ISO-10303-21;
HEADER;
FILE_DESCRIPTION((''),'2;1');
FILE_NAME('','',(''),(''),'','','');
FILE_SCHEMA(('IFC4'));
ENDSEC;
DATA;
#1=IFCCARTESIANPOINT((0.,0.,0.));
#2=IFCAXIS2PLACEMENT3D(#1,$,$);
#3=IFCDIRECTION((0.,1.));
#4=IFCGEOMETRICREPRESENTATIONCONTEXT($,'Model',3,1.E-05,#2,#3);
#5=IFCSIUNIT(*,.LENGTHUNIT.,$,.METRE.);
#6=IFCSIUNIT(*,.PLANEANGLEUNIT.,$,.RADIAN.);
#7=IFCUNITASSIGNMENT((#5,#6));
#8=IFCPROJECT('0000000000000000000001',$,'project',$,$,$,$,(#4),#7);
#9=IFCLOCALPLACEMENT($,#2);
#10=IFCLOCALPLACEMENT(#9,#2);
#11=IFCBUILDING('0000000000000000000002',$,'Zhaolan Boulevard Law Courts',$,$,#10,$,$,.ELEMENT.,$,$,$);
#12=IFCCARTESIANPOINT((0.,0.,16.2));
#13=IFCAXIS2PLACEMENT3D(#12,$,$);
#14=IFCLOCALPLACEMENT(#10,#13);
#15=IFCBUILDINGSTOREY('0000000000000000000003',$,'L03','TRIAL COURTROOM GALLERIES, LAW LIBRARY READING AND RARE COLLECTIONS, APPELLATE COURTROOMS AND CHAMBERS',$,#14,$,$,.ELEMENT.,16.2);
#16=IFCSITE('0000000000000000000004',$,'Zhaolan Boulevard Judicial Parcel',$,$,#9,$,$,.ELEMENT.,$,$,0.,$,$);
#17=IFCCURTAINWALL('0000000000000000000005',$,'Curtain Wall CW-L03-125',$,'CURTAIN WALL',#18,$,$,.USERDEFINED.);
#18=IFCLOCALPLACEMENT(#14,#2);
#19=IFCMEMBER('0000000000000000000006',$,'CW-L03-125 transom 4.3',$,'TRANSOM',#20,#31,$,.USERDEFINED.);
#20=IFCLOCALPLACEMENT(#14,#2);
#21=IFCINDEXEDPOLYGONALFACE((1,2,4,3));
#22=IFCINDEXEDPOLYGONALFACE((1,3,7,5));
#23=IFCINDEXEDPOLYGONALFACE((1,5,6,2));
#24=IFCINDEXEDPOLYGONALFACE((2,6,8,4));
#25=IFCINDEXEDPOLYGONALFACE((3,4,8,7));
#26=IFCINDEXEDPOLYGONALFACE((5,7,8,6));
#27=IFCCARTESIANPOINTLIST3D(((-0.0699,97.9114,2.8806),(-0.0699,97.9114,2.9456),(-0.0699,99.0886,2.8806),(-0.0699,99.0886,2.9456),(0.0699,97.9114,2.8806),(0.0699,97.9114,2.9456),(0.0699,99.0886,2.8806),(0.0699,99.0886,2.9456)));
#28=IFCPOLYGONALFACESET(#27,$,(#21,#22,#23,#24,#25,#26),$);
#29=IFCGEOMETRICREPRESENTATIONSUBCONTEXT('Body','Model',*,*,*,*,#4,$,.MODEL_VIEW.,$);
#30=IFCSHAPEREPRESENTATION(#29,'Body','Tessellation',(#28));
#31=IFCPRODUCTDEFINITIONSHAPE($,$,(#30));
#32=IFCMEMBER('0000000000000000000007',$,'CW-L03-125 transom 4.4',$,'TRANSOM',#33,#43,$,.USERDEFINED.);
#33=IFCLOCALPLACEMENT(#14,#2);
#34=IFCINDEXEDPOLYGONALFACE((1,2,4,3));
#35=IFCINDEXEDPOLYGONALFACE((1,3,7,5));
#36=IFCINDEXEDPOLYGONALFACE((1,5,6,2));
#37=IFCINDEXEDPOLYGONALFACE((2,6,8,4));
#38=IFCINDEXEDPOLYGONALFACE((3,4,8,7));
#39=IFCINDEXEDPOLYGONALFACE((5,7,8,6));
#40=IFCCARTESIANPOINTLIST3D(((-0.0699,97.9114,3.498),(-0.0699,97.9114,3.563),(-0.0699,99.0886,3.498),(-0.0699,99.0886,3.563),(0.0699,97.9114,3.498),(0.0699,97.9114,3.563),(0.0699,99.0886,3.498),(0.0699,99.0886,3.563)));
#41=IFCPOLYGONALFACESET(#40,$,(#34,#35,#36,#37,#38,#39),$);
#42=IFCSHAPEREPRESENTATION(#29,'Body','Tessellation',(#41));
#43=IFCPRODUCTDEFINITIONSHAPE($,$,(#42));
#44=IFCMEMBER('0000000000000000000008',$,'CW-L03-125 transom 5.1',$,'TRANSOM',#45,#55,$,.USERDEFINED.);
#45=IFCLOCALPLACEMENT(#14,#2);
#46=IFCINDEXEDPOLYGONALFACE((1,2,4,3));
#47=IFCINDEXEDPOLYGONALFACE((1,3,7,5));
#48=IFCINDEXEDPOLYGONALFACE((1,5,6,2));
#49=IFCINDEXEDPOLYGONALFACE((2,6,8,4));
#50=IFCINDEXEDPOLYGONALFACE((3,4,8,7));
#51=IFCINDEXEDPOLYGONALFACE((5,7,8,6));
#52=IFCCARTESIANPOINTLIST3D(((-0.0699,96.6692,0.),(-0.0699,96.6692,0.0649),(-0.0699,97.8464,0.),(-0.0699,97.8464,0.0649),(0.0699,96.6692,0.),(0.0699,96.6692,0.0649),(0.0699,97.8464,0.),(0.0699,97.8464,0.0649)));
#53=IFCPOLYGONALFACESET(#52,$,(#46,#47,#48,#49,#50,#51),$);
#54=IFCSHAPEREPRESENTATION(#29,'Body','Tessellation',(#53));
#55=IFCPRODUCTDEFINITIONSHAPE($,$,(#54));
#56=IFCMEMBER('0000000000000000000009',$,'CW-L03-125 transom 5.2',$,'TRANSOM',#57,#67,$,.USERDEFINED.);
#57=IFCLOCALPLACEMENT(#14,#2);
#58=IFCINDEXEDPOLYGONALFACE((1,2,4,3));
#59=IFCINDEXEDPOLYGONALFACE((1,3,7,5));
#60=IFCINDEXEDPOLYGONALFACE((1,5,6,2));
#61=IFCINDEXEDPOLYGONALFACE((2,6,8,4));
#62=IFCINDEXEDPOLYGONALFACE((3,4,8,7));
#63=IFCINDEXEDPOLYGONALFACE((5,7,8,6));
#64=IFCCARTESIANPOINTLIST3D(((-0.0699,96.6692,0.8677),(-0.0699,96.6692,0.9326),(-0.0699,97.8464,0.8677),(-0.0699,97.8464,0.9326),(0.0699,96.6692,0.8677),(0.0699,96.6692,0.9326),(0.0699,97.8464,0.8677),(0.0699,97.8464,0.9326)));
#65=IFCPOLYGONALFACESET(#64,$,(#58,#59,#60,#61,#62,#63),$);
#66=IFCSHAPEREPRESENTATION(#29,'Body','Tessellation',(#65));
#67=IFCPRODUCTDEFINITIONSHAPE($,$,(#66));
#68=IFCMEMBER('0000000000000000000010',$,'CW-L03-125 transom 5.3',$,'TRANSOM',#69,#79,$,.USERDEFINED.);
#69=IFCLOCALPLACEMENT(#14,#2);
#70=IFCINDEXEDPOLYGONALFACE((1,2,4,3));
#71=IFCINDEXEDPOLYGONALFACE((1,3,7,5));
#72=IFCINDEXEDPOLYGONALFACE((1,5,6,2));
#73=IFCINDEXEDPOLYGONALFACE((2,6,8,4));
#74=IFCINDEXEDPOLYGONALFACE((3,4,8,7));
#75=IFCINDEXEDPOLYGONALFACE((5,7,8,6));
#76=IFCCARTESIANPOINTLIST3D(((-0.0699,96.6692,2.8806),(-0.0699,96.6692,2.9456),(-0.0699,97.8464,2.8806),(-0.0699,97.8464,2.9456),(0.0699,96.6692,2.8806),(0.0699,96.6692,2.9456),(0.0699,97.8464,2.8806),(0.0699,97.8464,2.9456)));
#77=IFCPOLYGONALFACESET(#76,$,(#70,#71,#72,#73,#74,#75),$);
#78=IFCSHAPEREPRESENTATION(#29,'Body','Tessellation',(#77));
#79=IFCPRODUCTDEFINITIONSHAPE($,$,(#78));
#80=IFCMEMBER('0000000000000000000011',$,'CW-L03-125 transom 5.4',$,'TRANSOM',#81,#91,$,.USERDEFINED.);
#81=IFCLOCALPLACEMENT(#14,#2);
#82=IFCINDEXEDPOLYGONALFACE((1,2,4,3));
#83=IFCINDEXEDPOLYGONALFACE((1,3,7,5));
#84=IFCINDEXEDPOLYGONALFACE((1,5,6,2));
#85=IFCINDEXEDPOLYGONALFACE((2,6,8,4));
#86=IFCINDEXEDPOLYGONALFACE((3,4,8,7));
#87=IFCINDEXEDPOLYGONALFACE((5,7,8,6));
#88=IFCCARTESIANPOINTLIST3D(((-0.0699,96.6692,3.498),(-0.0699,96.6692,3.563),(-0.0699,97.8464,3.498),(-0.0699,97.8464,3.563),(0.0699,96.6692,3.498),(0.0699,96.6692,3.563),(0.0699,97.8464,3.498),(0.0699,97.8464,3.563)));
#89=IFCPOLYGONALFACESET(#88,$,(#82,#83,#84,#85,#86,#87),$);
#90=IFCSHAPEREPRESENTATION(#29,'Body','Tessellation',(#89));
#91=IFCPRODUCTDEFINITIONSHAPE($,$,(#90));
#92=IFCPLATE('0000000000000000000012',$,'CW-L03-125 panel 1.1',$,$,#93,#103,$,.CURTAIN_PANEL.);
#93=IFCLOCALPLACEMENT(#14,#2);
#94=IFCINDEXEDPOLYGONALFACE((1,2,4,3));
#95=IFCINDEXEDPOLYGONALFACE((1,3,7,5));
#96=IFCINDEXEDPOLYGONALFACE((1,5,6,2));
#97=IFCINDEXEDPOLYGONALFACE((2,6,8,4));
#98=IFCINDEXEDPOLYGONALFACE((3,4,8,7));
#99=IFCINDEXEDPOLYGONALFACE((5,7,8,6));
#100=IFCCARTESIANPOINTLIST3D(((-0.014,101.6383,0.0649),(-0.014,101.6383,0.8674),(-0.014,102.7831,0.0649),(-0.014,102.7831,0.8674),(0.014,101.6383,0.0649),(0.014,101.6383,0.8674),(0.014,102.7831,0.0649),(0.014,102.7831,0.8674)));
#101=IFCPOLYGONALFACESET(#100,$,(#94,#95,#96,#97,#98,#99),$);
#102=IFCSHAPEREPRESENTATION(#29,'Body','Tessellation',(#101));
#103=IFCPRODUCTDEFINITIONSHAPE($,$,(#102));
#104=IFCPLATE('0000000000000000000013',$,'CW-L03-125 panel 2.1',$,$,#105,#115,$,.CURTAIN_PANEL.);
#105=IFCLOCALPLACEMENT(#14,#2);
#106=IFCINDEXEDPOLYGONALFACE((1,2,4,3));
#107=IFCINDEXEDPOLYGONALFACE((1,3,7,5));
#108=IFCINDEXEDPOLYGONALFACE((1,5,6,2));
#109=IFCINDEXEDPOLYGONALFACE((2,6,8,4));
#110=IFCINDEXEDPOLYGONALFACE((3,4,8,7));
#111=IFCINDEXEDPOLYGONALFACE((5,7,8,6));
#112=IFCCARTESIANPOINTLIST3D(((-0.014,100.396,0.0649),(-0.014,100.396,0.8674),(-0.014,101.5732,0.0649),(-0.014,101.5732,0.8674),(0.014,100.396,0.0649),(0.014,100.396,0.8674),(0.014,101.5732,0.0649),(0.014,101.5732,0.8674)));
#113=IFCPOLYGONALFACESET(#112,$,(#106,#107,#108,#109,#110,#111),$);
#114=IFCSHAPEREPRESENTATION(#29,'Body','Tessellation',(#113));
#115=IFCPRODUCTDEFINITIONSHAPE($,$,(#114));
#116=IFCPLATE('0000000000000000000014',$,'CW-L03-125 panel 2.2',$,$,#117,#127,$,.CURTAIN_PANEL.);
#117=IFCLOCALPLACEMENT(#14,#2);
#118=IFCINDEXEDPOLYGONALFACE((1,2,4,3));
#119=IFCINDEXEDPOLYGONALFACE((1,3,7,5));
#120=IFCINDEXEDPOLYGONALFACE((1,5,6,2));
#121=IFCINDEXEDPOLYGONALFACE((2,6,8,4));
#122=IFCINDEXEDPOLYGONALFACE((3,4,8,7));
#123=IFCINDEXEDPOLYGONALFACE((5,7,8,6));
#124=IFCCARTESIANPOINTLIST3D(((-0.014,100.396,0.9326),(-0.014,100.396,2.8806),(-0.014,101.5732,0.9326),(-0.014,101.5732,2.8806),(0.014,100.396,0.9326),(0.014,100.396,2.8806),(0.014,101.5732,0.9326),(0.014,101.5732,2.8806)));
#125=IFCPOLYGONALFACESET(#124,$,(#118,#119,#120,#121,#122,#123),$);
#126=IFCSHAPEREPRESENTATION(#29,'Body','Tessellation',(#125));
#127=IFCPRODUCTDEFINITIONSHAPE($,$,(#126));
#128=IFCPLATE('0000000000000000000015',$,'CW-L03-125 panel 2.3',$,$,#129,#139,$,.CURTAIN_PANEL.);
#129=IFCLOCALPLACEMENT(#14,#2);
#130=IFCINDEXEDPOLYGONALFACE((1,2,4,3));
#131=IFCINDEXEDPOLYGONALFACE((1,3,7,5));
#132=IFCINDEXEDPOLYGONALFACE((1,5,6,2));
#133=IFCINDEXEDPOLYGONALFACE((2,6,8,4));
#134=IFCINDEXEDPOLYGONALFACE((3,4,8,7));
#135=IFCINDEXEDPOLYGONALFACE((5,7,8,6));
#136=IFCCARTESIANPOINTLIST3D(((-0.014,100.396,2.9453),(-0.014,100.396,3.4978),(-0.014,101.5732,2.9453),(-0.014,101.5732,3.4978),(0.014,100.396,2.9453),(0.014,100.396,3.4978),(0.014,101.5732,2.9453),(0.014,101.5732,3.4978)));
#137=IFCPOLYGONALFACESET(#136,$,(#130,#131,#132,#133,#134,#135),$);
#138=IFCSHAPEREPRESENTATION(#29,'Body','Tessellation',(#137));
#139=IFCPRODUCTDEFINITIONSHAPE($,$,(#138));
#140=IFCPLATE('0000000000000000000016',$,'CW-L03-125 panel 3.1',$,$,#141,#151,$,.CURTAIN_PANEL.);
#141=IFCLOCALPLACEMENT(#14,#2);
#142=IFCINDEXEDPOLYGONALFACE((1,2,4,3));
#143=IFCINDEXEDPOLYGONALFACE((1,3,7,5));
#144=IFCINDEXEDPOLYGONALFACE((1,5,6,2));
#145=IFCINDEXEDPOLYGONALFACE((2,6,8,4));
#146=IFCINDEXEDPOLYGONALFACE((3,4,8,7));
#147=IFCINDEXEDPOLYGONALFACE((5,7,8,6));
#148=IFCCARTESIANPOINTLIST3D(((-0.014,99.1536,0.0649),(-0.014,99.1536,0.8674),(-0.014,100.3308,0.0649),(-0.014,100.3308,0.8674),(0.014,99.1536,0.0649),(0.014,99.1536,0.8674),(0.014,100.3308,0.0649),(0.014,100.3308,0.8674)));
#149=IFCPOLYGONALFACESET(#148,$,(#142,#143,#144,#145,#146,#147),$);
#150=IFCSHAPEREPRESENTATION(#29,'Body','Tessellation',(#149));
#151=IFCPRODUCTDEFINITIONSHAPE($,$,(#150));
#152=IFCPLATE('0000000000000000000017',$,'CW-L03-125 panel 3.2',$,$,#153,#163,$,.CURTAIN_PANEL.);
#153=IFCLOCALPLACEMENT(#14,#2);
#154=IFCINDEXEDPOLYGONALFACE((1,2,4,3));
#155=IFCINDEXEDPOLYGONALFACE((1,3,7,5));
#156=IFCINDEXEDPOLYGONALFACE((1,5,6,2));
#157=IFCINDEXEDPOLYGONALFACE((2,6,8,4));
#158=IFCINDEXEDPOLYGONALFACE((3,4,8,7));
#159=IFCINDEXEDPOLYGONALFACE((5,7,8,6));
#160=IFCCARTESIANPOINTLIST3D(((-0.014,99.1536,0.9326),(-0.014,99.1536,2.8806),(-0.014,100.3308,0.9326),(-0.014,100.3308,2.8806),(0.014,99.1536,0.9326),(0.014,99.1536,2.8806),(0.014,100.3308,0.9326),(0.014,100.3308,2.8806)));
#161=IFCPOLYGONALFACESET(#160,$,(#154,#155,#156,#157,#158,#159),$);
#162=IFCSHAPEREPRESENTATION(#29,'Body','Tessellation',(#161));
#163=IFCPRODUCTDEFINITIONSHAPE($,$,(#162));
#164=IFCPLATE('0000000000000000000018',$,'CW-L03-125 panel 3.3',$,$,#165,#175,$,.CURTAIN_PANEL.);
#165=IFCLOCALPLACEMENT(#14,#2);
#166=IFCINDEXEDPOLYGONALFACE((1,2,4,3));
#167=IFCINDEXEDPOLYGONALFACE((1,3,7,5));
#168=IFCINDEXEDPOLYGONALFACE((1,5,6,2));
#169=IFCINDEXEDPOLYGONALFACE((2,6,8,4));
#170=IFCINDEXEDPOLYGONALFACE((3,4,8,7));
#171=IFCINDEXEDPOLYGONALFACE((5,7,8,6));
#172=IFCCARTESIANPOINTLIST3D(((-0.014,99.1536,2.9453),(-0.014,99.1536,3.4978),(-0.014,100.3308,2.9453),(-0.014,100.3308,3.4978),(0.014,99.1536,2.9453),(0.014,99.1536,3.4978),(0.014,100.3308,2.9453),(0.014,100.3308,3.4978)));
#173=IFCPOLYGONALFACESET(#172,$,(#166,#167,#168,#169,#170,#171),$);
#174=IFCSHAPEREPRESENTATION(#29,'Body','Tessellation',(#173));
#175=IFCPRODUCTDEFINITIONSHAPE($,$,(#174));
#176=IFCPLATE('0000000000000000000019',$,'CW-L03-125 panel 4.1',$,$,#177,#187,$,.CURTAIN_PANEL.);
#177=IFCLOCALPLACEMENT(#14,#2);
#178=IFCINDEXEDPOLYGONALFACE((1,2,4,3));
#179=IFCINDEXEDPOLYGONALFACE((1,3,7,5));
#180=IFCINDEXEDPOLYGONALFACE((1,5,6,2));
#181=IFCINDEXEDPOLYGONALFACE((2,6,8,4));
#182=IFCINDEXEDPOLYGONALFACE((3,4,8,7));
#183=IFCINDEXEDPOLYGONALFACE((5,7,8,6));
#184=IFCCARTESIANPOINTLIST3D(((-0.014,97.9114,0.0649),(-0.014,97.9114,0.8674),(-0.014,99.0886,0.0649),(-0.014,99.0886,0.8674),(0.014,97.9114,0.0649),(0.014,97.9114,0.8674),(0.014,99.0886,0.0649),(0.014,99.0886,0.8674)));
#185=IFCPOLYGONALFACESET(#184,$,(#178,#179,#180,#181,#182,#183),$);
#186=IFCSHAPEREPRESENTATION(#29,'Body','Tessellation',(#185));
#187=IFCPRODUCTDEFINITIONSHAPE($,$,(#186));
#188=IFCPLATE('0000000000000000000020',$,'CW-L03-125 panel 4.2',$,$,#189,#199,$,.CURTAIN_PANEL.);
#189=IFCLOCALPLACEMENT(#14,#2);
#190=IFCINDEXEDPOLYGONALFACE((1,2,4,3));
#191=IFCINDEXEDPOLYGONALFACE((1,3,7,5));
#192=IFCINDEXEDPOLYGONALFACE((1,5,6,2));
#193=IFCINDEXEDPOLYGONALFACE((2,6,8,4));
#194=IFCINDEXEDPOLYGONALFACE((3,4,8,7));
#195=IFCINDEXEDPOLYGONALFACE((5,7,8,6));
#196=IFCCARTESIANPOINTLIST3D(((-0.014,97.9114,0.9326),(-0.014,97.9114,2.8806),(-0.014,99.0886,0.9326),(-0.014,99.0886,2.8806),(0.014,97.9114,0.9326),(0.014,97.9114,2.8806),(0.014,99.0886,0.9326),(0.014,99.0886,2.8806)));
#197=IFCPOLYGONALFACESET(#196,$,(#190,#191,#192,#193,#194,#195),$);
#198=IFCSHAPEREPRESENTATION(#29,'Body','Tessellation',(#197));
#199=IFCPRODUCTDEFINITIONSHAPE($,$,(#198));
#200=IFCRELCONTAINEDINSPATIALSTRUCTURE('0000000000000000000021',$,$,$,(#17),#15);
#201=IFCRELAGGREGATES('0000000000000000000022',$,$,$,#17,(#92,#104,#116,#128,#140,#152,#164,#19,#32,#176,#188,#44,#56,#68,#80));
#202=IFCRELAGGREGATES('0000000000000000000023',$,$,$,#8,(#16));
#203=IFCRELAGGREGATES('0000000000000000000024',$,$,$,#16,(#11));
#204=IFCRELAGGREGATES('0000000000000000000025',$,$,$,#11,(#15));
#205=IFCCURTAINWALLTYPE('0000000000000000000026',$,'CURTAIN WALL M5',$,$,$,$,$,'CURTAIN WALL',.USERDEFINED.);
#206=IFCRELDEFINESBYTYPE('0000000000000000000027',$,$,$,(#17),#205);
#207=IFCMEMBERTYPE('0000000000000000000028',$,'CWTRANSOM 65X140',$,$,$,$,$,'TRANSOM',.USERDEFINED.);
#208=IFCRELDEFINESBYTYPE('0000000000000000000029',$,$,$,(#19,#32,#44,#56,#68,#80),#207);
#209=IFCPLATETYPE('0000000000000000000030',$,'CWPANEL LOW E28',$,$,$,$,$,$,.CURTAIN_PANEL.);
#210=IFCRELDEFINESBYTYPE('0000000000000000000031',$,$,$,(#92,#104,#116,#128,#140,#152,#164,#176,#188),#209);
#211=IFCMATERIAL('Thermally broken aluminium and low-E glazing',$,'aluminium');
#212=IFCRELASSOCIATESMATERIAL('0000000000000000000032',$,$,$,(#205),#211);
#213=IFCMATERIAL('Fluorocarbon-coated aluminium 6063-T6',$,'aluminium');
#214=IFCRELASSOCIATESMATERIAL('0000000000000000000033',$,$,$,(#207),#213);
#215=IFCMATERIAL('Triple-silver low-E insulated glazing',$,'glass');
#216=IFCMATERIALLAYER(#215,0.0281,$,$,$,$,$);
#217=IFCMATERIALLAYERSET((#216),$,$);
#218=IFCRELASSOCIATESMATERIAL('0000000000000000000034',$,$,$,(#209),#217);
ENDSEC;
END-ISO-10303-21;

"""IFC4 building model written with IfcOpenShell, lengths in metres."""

from ifc_helpers import new_model, si_unit, direction, frame, origin, origin_2d, place, context, subcontext, project, spatial, rectangle, extrude, material, layer, layer_set, material_profile, profile_set, type_object, element, aggregate, save


model = new_model("IFC4")

# Units and contexts
model_context = context("Model", 3, precision=1e-05, world=origin(), true_north=direction((0.0, 1.0)))
body_context = subcontext(model_context, "Body", "Model", "MODEL_VIEW")
ifc_project = project(units=[si_unit("LENGTHUNIT", "METRE"), si_unit("PLANEANGLEUNIT", "RADIAN")], contexts=[model_context])

# Site, building, storey
site_placement = place(None, origin())
site = spatial("IfcSite", under=ifc_project, at=site_placement, Name="Zhaolan Boulevard Judicial Parcel", CompositionType="ELEMENT", RefElevation=0.0)
building_placement = place(site_placement, origin())
building = spatial("IfcBuilding", under=site, at=building_placement, Name="Zhaolan Boulevard Law Courts", CompositionType="ELEMENT")
storey_placement = place(building_placement, frame((0.0, 0.0, 16.2)))
storey = spatial("IfcBuildingStorey", under=building, at=storey_placement, Name="L03", Description="TRIAL COURTROOM GALLERIES, LAW LIBRARY READING AND RARE COLLECTIONS, APPELLATE COURTROOMS AND CHAMBERS", CompositionType="ELEMENT", Elevation=16.2)

# Curtain wall, members, plates
ifc_material_1 = material(Name="Thermally broken aluminium and low-E glazing", Category="aluminium")
curtain_wall_type = type_object("IfcCurtainWallType", Name="CURTAIN WALL M5", ElementType="CURTAIN WALL", PredefinedType="USERDEFINED", material=ifc_material_1)
curtain_wall_placement = place(storey_placement, origin())
curtain_wall = element("IfcCurtainWall", 1, at=curtain_wall_placement, inside=storey, type_object=curtain_wall_type, Name="Curtain Wall CW-L03-125", ObjectType="CURTAIN WALL", PredefinedType="USERDEFINED")
ifc_material_2 = material(Name="Fluorocarbon-coated aluminium 6063-T6", Category="aluminium")
ifc_material_profile_1 = material_profile(ifc_material_2, rectangle(XDim=0.1399, YDim=0.0649, at=origin_2d()), Name="AL65x140")
ifc_profile_set_1 = profile_set([ifc_material_profile_1], Name="Fluorocarbon-coated aluminium 6063-T6")
member_type_1 = type_object("IfcMemberType", Name="CWTRANSOM 65X140", ElementType="TRANSOM", PredefinedType="USERDEFINED", material=ifc_profile_set_1)
member_1_placement = place(storey_placement, frame((0.0, 99.0886, 2.9131), z_axis=(0.0, -1.0, 0.0), x_axis=(1.0, 0.0, 0.0)))
member_1 = element("IfcMember", 2, at=member_1_placement, type_object=member_type_1, Name="CW-L03-125 transom 4.3", ObjectType="TRANSOM", PredefinedType="USERDEFINED", context=body_context, shape_type="SweptSolid", body=[
    extrude(rectangle(XDim=0.1399, YDim=0.0649, at=origin_2d()), origin(), (0.0, 0.0, 1.0), 1.1772),
])
member_2_placement = place(storey_placement, frame((0.0, 99.0886, 3.5305), z_axis=(0.0, -1.0, 0.0), x_axis=(1.0, 0.0, 0.0)))
member_2 = element("IfcMember", 3, at=member_2_placement, type_object=member_type_1, Name="CW-L03-125 transom 4.4", ObjectType="TRANSOM", PredefinedType="USERDEFINED", context=body_context, shape_type="SweptSolid", body=[
    extrude(rectangle(XDim=0.1399, YDim=0.0649, at=origin_2d()), origin(), (0.0, 0.0, 1.0), 1.1772),
])
member_3_placement = place(storey_placement, frame((0.0, 97.8464, 0.0325), z_axis=(0.0, -1.0, 0.0), x_axis=(1.0, 0.0, 0.0)))
member_3 = element("IfcMember", 4, at=member_3_placement, type_object=member_type_1, Name="CW-L03-125 transom 5.1", ObjectType="TRANSOM", PredefinedType="USERDEFINED", context=body_context, shape_type="SweptSolid", body=[
    extrude(rectangle(XDim=0.1399, YDim=0.0649, at=origin_2d()), origin(), (0.0, 0.0, 1.0), 1.1772),
])
member_4_placement = place(storey_placement, frame((0.0, 97.8464, 0.9001), z_axis=(0.0, -1.0, 0.0), x_axis=(1.0, 0.0, 0.0)))
member_4 = element("IfcMember", 5, at=member_4_placement, type_object=member_type_1, Name="CW-L03-125 transom 5.2", ObjectType="TRANSOM", PredefinedType="USERDEFINED", context=body_context, shape_type="SweptSolid", body=[
    extrude(rectangle(XDim=0.1399, YDim=0.0649, at=origin_2d()), origin(), (0.0, 0.0, 1.0), 1.1772),
])
member_5_placement = place(storey_placement, frame((0.0, 97.8464, 2.9131), z_axis=(0.0, -1.0, 0.0), x_axis=(1.0, 0.0, 0.0)))
member_5 = element("IfcMember", 6, at=member_5_placement, type_object=member_type_1, Name="CW-L03-125 transom 5.3", ObjectType="TRANSOM", PredefinedType="USERDEFINED", context=body_context, shape_type="SweptSolid", body=[
    extrude(rectangle(XDim=0.1399, YDim=0.0649, at=origin_2d()), origin(), (0.0, 0.0, 1.0), 1.1772),
])
member_6_placement = place(storey_placement, frame((0.0, 97.8464, 3.5305), z_axis=(0.0, -1.0, 0.0), x_axis=(1.0, 0.0, 0.0)))
member_6 = element("IfcMember", 7, at=member_6_placement, type_object=member_type_1, Name="CW-L03-125 transom 5.4", ObjectType="TRANSOM", PredefinedType="USERDEFINED", context=body_context, shape_type="SweptSolid", body=[
    extrude(rectangle(XDim=0.1399, YDim=0.0649, at=origin_2d()), origin(), (0.0, 0.0, 1.0), 1.1772),
])
ifc_material_3 = material(Name="Triple-silver low-E insulated glazing", Category="glass")
ifc_layer = layer(ifc_material_3, 0.0281)
ifc_layer_set = layer_set([ifc_layer])
plate_type = type_object("IfcPlateType", Name="CWPANEL LOW E28", PredefinedType="CURTAIN_PANEL", material=ifc_layer_set)
plate_1_placement = place(storey_placement, frame((0.0, 102.2107, 0.0649), z_axis=(0.0, 0.0, 1.0), x_axis=(0.0, -1.0, 0.0)))
plate_1 = element("IfcPlate", 8, at=plate_1_placement, type_object=plate_type, Name="CW-L03-125 panel 1.1", PredefinedType="CURTAIN_PANEL", context=body_context, shape_type="SweptSolid", body=[
    extrude(rectangle(XDim=1.1448, YDim=0.0281, at=origin_2d()), origin(), (0.0, 0.0, 1.0), 0.8025),
])
plate_2_placement = place(storey_placement, frame((0.0, 100.9846, 0.0649), z_axis=(0.0, 0.0, 1.0), x_axis=(0.0, -1.0, 0.0)))
plate_2 = element("IfcPlate", 9, at=plate_2_placement, type_object=plate_type, Name="CW-L03-125 panel 2.1", PredefinedType="CURTAIN_PANEL", context=body_context, shape_type="SweptSolid", body=[
    extrude(rectangle(XDim=1.1772, YDim=0.0281, at=origin_2d()), origin(), (0.0, 0.0, 1.0), 0.8025),
])
plate_3_placement = place(storey_placement, frame((0.0, 100.9846, 0.9326), z_axis=(0.0, 0.0, 1.0), x_axis=(0.0, -1.0, 0.0)))
plate_3 = element("IfcPlate", 10, at=plate_3_placement, type_object=plate_type, Name="CW-L03-125 panel 2.2", PredefinedType="CURTAIN_PANEL", context=body_context, shape_type="SweptSolid", body=[
    extrude(rectangle(XDim=1.1772, YDim=0.0281, at=origin_2d()), origin(), (0.0, 0.0, 1.0), 1.948),
])
plate_4_placement = place(storey_placement, frame((0.0, 100.9846, 2.9453), z_axis=(0.0, 0.0, 1.0), x_axis=(0.0, -1.0, 0.0)))
plate_4 = element("IfcPlate", 11, at=plate_4_placement, type_object=plate_type, Name="CW-L03-125 panel 2.3", PredefinedType="CURTAIN_PANEL", context=body_context, shape_type="SweptSolid", body=[
    extrude(rectangle(XDim=1.1772, YDim=0.0281, at=origin_2d()), origin(), (0.0, 0.0, 1.0), 0.5525),
])
plate_5_placement = place(storey_placement, frame((0.0, 99.7422, 0.0649), z_axis=(0.0, 0.0, 1.0), x_axis=(0.0, -1.0, 0.0)))
plate_5 = element("IfcPlate", 12, at=plate_5_placement, type_object=plate_type, Name="CW-L03-125 panel 3.1", PredefinedType="CURTAIN_PANEL", context=body_context, shape_type="SweptSolid", body=[
    extrude(rectangle(XDim=1.1772, YDim=0.0281, at=origin_2d()), origin(), (0.0, 0.0, 1.0), 0.8025),
])
plate_6_placement = place(storey_placement, frame((0.0, 99.7422, 0.9326), z_axis=(0.0, 0.0, 1.0), x_axis=(0.0, -1.0, 0.0)))
plate_6 = element("IfcPlate", 13, at=plate_6_placement, type_object=plate_type, Name="CW-L03-125 panel 3.2", PredefinedType="CURTAIN_PANEL", context=body_context, shape_type="SweptSolid", body=[
    extrude(rectangle(XDim=1.1772, YDim=0.0281, at=origin_2d()), origin(), (0.0, 0.0, 1.0), 1.948),
])
plate_7_placement = place(storey_placement, frame((0.0, 99.7422, 2.9453), z_axis=(0.0, 0.0, 1.0), x_axis=(0.0, -1.0, 0.0)))
plate_7 = element("IfcPlate", 14, at=plate_7_placement, type_object=plate_type, Name="CW-L03-125 panel 3.3", PredefinedType="CURTAIN_PANEL", context=body_context, shape_type="SweptSolid", body=[
    extrude(rectangle(XDim=1.1772, YDim=0.0281, at=origin_2d()), origin(), (0.0, 0.0, 1.0), 0.5525),
])
plate_8_placement = place(storey_placement, frame((0.0, 98.5, 0.0649), z_axis=(0.0, 0.0, 1.0), x_axis=(0.0, -1.0, 0.0)))
plate_8 = element("IfcPlate", 15, at=plate_8_placement, type_object=plate_type, Name="CW-L03-125 panel 4.1", PredefinedType="CURTAIN_PANEL", context=body_context, shape_type="SweptSolid", body=[
    extrude(rectangle(XDim=1.1772, YDim=0.0281, at=origin_2d()), origin(), (0.0, 0.0, 1.0), 0.8025),
])
plate_9_placement = place(storey_placement, frame((0.0, 98.5, 0.9326), z_axis=(0.0, 0.0, 1.0), x_axis=(0.0, -1.0, 0.0)))
plate_9 = element("IfcPlate", 16, at=plate_9_placement, type_object=plate_type, Name="CW-L03-125 panel 4.2", PredefinedType="CURTAIN_PANEL", context=body_context, shape_type="SweptSolid", body=[
    extrude(rectangle(XDim=1.1772, YDim=0.0281, at=origin_2d()), origin(), (0.0, 0.0, 1.0), 1.948),
])
aggregate(curtain_wall, [plate_1, plate_2, plate_3, plate_4, plate_5, plate_6, plate_7, member_1, member_2, plate_8, plate_9, member_3, member_4, member_5, member_6])

save(model, "model.ifc")
